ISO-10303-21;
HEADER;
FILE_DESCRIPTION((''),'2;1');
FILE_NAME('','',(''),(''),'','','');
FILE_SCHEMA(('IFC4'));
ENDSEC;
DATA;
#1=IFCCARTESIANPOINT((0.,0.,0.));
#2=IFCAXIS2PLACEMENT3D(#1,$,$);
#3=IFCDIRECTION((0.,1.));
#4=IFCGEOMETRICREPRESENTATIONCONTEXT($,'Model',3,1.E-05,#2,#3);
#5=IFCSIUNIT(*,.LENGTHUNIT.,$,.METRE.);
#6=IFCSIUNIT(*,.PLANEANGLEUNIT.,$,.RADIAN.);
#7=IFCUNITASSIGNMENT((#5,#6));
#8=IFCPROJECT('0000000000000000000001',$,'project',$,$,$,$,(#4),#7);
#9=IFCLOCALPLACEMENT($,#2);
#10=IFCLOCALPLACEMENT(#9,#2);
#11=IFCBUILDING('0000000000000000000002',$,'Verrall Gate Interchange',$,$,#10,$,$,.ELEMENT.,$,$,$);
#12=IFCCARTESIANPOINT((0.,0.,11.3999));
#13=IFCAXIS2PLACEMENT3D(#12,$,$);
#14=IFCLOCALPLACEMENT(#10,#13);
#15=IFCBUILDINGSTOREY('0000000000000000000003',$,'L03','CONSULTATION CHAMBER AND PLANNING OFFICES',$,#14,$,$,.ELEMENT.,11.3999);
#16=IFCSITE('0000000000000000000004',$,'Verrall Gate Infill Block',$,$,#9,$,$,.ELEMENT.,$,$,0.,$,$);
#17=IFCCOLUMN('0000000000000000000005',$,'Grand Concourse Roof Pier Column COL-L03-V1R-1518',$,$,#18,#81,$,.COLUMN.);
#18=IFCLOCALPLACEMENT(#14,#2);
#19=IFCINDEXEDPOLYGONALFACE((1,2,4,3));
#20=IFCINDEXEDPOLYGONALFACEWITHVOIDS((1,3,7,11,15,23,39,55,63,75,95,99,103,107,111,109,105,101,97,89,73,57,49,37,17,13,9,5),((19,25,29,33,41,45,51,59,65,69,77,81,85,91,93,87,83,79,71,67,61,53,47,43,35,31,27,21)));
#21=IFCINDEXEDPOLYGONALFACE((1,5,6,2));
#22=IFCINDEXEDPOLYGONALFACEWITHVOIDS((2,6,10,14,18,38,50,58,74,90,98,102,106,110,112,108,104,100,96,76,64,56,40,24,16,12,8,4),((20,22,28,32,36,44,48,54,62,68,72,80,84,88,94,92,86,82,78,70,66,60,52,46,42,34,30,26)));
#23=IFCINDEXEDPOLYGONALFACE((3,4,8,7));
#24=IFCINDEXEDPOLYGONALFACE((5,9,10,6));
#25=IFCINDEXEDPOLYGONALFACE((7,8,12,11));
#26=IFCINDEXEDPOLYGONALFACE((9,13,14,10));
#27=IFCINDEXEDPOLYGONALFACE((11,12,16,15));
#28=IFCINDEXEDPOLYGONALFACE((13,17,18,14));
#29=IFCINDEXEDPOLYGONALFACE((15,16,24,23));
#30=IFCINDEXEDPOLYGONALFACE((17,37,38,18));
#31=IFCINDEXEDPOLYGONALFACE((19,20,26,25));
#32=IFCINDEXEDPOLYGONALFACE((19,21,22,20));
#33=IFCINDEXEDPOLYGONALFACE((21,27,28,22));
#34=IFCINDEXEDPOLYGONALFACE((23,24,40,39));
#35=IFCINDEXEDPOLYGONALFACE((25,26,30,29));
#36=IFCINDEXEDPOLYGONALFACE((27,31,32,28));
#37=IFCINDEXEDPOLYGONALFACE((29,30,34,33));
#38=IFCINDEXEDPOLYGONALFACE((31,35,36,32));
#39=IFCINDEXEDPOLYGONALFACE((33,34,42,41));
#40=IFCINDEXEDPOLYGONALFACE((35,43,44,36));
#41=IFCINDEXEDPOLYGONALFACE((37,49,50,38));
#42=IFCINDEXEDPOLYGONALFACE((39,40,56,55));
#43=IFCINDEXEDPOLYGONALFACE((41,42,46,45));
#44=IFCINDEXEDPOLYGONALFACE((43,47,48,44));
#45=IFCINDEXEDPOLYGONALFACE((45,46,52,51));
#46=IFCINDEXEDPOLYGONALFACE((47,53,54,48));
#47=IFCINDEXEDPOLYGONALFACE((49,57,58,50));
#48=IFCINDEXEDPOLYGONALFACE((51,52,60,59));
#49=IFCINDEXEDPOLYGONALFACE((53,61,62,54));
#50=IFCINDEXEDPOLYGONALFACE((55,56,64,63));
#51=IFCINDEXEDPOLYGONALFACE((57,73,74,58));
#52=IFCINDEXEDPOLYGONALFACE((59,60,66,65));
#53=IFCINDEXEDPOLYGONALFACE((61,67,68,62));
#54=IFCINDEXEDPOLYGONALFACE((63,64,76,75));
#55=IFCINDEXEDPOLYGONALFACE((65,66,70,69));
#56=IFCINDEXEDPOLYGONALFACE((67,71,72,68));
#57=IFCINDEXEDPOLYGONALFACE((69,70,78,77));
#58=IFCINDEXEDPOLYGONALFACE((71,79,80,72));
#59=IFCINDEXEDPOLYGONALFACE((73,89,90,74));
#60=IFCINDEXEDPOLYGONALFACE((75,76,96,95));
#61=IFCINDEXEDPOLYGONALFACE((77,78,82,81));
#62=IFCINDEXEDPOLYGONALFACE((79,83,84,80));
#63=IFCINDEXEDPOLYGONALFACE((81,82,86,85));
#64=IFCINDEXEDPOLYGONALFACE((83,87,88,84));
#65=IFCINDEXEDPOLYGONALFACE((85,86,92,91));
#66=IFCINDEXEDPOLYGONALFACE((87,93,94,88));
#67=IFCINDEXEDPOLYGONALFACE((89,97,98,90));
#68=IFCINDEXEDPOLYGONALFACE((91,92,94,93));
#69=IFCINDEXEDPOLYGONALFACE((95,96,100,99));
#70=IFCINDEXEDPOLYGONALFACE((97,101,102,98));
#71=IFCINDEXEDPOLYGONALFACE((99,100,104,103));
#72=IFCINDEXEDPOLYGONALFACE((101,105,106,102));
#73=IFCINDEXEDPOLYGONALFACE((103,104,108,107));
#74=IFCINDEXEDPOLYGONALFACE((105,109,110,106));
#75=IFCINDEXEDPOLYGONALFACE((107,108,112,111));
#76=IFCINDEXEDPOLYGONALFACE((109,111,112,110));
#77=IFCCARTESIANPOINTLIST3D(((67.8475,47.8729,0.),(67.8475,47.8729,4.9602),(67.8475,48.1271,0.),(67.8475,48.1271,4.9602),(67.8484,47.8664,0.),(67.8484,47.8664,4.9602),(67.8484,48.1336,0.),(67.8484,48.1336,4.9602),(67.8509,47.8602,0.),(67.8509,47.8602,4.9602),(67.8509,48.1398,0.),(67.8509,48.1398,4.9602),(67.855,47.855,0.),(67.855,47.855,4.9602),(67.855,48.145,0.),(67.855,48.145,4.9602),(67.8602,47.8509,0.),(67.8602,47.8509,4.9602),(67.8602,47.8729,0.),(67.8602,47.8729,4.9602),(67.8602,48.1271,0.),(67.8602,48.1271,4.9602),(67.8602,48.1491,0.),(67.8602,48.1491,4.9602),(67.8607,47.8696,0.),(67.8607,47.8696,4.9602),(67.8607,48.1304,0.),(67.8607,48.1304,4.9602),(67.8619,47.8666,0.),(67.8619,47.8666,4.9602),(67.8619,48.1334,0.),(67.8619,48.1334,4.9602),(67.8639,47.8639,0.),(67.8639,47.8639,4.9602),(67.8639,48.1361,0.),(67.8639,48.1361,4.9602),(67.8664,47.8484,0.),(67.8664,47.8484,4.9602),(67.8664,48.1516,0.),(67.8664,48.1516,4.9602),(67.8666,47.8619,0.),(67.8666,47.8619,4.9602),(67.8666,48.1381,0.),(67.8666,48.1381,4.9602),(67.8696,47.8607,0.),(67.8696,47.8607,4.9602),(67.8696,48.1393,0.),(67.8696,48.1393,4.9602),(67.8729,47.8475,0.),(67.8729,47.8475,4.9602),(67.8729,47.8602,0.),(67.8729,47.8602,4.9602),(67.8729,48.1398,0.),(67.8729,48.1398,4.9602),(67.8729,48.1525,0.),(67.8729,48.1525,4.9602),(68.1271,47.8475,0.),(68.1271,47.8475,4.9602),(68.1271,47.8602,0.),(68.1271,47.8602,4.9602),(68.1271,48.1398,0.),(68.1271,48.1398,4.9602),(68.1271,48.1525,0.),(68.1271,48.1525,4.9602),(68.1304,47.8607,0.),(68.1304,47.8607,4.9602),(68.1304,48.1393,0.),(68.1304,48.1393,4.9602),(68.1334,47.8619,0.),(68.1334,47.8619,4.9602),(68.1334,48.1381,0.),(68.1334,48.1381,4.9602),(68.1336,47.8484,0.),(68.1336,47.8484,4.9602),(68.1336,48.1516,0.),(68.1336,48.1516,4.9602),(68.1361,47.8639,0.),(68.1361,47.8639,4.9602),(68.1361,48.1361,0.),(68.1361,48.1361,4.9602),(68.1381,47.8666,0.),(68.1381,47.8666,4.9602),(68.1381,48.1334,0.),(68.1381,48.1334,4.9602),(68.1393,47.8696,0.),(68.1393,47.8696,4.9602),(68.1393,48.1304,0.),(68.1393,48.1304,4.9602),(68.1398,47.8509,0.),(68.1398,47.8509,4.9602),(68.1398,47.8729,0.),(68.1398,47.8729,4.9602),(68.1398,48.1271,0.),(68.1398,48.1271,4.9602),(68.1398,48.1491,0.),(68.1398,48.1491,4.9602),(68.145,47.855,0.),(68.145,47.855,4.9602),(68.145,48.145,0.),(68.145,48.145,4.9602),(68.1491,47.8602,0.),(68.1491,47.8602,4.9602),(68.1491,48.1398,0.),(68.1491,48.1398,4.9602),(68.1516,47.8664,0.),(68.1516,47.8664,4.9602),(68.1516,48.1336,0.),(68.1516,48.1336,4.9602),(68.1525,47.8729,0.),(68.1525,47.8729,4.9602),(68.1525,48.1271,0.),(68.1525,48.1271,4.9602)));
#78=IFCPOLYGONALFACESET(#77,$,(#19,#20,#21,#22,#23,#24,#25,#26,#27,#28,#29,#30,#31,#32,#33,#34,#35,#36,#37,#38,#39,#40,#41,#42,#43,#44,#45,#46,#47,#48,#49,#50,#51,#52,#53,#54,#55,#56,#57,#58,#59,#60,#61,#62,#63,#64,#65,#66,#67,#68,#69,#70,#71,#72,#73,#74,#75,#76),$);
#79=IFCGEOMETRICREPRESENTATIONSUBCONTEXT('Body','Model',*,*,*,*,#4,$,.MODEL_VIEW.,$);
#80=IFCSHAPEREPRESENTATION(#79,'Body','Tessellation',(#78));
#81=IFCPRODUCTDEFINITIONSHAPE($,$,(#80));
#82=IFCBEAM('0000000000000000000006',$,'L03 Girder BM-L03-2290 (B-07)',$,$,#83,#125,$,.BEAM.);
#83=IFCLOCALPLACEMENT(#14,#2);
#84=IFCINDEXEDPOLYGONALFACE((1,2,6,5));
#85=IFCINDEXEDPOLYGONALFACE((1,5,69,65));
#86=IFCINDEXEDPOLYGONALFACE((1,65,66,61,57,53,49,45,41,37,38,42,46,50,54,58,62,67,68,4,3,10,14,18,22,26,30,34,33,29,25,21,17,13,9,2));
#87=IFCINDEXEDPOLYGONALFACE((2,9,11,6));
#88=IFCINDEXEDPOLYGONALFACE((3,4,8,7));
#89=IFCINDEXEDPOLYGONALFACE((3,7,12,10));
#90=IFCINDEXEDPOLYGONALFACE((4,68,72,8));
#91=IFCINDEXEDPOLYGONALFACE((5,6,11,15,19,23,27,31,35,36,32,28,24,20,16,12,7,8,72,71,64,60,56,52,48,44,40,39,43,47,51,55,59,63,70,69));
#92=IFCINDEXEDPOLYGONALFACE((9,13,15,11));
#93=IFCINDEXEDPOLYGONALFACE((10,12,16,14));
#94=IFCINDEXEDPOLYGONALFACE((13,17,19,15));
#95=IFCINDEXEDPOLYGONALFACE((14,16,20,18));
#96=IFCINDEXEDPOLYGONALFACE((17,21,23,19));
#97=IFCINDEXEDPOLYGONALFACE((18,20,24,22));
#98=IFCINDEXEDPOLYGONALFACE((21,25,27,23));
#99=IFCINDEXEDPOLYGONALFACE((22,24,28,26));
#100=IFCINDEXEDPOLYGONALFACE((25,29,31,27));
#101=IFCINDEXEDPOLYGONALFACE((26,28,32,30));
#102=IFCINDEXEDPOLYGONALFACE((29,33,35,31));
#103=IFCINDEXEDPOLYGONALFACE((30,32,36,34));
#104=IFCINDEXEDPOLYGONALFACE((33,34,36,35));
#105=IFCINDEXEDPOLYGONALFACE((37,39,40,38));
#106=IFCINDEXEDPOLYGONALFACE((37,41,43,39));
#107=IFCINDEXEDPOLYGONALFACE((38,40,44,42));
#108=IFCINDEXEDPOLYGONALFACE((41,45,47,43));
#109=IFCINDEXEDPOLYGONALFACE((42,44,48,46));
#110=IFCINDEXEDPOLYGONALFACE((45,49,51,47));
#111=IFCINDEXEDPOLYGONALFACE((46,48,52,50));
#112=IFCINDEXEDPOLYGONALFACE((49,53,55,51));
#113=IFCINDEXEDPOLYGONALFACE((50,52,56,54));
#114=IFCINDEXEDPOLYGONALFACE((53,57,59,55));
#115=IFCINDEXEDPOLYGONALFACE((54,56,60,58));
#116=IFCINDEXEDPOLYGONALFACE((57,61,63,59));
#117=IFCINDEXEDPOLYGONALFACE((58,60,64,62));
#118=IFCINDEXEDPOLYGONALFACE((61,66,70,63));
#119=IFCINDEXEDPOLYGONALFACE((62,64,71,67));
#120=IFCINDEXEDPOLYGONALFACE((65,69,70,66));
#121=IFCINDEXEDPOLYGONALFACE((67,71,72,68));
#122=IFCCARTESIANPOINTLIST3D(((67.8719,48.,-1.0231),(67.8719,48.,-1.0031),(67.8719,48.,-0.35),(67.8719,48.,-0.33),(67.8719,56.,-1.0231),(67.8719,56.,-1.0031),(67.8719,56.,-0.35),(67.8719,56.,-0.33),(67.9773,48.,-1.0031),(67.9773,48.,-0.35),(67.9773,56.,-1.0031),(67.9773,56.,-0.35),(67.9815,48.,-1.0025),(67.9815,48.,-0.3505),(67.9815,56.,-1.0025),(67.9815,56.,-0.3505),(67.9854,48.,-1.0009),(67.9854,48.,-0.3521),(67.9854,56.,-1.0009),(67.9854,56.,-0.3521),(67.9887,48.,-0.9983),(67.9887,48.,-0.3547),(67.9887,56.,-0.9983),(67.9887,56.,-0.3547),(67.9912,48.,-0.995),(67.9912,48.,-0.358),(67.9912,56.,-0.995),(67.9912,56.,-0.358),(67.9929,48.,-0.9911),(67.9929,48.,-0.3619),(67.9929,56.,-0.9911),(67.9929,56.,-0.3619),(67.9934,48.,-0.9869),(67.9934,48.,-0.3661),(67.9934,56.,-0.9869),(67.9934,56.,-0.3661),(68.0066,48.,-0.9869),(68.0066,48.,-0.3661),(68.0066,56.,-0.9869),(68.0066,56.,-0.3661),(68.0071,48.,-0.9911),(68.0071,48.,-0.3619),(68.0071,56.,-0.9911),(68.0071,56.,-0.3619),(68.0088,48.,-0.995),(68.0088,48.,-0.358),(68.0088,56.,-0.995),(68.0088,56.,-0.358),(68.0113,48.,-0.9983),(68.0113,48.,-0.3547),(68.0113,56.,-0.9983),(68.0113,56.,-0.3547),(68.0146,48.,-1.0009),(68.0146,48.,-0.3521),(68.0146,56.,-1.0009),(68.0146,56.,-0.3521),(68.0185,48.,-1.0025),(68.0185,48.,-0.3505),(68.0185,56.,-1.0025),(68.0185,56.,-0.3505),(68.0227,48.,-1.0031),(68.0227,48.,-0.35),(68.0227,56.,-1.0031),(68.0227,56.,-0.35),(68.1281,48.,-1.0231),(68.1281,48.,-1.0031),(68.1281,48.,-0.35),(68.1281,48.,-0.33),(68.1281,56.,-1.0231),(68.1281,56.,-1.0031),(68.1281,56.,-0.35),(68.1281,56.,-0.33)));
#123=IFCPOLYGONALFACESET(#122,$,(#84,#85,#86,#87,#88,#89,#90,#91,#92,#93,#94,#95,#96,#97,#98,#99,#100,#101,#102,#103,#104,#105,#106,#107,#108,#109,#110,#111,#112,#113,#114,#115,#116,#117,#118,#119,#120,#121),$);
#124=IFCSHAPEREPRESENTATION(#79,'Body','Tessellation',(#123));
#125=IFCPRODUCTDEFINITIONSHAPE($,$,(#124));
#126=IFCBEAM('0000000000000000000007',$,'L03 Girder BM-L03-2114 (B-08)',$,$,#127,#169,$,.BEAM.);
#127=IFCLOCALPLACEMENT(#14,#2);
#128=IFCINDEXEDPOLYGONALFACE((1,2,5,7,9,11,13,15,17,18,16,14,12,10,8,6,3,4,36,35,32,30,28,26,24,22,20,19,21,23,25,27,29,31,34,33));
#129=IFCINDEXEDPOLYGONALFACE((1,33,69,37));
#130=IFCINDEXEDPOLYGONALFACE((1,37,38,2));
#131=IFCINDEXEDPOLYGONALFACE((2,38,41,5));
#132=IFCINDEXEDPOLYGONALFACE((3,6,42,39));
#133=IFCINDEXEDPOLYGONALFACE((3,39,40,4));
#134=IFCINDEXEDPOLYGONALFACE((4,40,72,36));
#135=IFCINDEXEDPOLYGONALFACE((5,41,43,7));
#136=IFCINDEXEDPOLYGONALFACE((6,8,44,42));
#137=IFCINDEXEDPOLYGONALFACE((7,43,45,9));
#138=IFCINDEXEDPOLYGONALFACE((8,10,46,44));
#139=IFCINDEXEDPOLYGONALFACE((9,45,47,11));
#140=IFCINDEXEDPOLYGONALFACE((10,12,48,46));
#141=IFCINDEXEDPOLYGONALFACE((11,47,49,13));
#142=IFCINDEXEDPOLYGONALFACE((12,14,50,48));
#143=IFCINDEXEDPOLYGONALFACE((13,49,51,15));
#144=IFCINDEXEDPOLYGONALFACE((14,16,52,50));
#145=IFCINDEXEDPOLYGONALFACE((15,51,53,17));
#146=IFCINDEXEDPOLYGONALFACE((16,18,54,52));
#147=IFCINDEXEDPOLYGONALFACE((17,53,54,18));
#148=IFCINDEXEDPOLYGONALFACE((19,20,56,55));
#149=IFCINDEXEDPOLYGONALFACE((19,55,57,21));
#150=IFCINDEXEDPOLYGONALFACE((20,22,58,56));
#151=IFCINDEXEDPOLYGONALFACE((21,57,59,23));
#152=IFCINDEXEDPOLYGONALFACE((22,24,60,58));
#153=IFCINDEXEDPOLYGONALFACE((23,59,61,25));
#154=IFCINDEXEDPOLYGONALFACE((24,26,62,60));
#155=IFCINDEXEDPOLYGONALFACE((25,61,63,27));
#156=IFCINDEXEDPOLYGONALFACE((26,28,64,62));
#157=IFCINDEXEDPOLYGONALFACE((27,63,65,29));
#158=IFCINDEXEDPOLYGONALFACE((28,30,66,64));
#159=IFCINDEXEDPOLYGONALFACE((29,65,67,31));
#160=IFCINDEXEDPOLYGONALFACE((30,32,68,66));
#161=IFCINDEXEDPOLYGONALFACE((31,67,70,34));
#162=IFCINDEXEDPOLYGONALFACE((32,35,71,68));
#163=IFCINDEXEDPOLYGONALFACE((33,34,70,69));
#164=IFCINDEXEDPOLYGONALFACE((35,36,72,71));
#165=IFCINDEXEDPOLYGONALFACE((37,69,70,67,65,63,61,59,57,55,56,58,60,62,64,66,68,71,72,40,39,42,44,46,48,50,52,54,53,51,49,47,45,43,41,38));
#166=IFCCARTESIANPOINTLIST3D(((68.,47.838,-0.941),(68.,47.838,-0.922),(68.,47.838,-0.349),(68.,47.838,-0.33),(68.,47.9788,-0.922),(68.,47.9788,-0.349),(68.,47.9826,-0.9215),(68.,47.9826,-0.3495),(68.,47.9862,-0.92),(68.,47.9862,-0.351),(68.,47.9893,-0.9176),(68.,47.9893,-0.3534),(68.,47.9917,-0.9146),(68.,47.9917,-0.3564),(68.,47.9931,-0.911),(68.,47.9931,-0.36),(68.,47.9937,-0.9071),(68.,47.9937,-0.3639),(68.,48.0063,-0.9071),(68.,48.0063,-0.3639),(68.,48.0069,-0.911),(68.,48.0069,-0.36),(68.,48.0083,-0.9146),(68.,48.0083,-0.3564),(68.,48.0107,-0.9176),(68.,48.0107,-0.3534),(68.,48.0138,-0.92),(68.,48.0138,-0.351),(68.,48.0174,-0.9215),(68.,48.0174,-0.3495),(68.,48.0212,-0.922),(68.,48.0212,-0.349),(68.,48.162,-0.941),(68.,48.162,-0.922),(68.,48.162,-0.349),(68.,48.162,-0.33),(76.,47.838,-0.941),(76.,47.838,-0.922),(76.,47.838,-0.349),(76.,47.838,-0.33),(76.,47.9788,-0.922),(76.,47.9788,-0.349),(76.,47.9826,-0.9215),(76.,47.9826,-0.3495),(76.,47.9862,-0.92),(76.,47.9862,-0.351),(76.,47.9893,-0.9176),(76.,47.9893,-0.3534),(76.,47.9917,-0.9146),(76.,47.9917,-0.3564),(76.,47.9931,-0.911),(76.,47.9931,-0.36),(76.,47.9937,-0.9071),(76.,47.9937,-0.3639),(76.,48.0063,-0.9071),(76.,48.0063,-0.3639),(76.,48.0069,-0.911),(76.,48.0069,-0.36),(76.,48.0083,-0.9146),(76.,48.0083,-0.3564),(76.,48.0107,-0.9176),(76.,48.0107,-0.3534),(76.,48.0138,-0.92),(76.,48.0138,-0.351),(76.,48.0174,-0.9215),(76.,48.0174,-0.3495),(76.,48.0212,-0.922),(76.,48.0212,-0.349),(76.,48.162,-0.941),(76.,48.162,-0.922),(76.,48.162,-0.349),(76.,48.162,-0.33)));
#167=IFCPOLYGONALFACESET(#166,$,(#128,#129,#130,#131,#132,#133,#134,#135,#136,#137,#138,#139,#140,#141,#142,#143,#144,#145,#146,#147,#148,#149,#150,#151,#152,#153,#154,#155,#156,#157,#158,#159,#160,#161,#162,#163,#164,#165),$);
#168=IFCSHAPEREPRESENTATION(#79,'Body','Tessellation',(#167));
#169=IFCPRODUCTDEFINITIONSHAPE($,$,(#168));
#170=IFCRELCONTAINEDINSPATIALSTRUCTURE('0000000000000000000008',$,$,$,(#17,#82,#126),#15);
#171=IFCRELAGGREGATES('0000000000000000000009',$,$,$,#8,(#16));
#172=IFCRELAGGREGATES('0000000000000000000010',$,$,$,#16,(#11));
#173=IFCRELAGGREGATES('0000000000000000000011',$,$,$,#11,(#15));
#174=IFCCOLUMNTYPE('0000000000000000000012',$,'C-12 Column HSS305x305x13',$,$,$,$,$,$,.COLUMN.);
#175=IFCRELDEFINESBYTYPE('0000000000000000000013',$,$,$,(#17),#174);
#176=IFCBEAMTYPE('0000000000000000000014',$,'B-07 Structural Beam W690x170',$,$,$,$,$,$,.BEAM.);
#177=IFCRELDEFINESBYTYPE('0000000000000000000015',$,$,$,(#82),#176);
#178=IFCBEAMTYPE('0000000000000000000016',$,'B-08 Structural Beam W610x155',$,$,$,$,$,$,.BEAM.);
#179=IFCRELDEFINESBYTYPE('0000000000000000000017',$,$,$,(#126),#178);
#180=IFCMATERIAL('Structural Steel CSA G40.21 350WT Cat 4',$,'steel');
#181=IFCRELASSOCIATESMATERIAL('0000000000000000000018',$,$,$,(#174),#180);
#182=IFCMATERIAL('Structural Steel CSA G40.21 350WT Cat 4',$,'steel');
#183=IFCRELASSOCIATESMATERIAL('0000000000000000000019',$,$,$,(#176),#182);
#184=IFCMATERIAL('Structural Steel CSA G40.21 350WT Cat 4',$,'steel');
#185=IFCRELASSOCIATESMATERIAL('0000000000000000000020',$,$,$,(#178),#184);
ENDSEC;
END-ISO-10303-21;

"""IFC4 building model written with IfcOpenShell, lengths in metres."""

from ifc_helpers import new_model, si_unit, direction, frame, origin, origin_2d, place, context, subcontext, project, spatial, hollow_rectangle, i_section, extrude, material, material_profile, profile_set, type_object, element, save


model = new_model("IFC4")

# Units and contexts
model_context = context("Model", 3, precision=1e-05, world=origin(), true_north=direction((0.0, 1.0)))
body_context = subcontext(model_context, "Body", "Model", "MODEL_VIEW")
ifc_project = project(units=[si_unit("LENGTHUNIT", "METRE"), si_unit("PLANEANGLEUNIT", "RADIAN")], contexts=[model_context])

# Site, building, storey
site_placement = place(None, origin())
site = spatial("IfcSite", under=ifc_project, at=site_placement, Name="Verrall Gate Infill Block", CompositionType="ELEMENT", RefElevation=0.0)
building_placement = place(site_placement, origin())
building = spatial("IfcBuilding", under=site, at=building_placement, Name="Verrall Gate Interchange", CompositionType="ELEMENT")
storey_placement = place(building_placement, frame((0.0, 0.0, 11.3999)))
storey = spatial("IfcBuildingStorey", under=building, at=storey_placement, Name="L03", Description="CONSULTATION CHAMBER AND PLANNING OFFICES", CompositionType="ELEMENT", Elevation=11.3999)

# Column
ifc_material_1 = material(Name="Structural Steel CSA G40.21 350WT Cat 4", Category="steel")
ifc_material_profile_1 = material_profile(ifc_material_1, hollow_rectangle(XDim=0.3049, YDim=0.3049, WallThickness=0.0127, InnerFilletRadius=0.0127, OuterFilletRadius=0.0254, at=origin_2d()), Name="HSS305x305x13")
ifc_profile_set_1 = profile_set([ifc_material_profile_1], Name="Structural Steel CSA G40.21 350WT Cat 4")
column_type = type_object("IfcColumnType", Name="C-12 Column HSS305x305x13", PredefinedType="COLUMN", material=ifc_profile_set_1)
column_placement = place(storey_placement, frame((68.0, 48.0, 0.0), z_axis=(0.0, 0.0, 1.0), x_axis=(1.0, 0.0, 0.0)))
element("IfcColumn", 1, at=column_placement, inside=storey, type_object=column_type, Name="Grand Concourse Roof Pier Column COL-L03-V1R-1518", PredefinedType="COLUMN", context=body_context, shape_type="SweptSolid", body=[
    extrude(hollow_rectangle(XDim=0.3049, YDim=0.3049, WallThickness=0.0127, InnerFilletRadius=0.0127, OuterFilletRadius=0.0254, at=origin_2d()), origin(), (0.0, 0.0, 1.0), 4.9602),
])

# Beams
ifc_material_2 = material(Name="Structural Steel CSA G40.21 350WT Cat 4", Category="steel")
ifc_material_profile_2 = material_profile(ifc_material_2, i_section(OverallWidth=0.2561, OverallDepth=0.6931, WebThickness=0.0132, FlangeThickness=0.02, FilletRadius=0.0161, at=origin_2d()), Name="W690x170")
ifc_profile_set_2 = profile_set([ifc_material_profile_2], Name="Structural Steel CSA G40.21 350WT Cat 4")
beam_type_1 = type_object("IfcBeamType", Name="B-07 Structural Beam W690x170", PredefinedType="BEAM", material=ifc_profile_set_2)
beam_1_placement = place(storey_placement, frame((68.0, 48.0, -0.6765), z_axis=(0.0, 1.0, 0.0), x_axis=(-1.0, 0.0, 0.0)))
element("IfcBeam", 2, at=beam_1_placement, inside=storey, type_object=beam_type_1, Name="L03 Girder BM-L03-2290 (B-07)", PredefinedType="BEAM", context=body_context, shape_type="SweptSolid", body=[
    extrude(i_section(OverallWidth=0.2561, OverallDepth=0.6931, WebThickness=0.0132, FlangeThickness=0.02, FilletRadius=0.0161, at=origin_2d()), origin(), (0.0, 0.0, 1.0), 8.0),
])
ifc_material_3 = material(Name="Structural Steel CSA G40.21 350WT Cat 4", Category="steel")
ifc_material_profile_3 = material_profile(ifc_material_3, i_section(OverallWidth=0.324, OverallDepth=0.6111, WebThickness=0.0127, FlangeThickness=0.019, FilletRadius=0.0149, at=origin_2d()), Name="W610x155")
ifc_profile_set_3 = profile_set([ifc_material_profile_3], Name="Structural Steel CSA G40.21 350WT Cat 4")
beam_type_2 = type_object("IfcBeamType", Name="B-08 Structural Beam W610x155", PredefinedType="BEAM", material=ifc_profile_set_3)
beam_2_placement = place(storey_placement, frame((68.0, 48.0, -0.6355), z_axis=(1.0, 0.0, 0.0), x_axis=(0.0, 1.0, 0.0)))
element("IfcBeam", 3, at=beam_2_placement, inside=storey, type_object=beam_type_2, Name="L03 Girder BM-L03-2114 (B-08)", PredefinedType="BEAM", context=body_context, shape_type="SweptSolid", body=[
    extrude(i_section(OverallWidth=0.324, OverallDepth=0.6111, WebThickness=0.0127, FlangeThickness=0.019, FilletRadius=0.0149, at=origin_2d()), origin(), (0.0, 0.0, 1.0), 8.0),
])

save(model, "model.ifc")
